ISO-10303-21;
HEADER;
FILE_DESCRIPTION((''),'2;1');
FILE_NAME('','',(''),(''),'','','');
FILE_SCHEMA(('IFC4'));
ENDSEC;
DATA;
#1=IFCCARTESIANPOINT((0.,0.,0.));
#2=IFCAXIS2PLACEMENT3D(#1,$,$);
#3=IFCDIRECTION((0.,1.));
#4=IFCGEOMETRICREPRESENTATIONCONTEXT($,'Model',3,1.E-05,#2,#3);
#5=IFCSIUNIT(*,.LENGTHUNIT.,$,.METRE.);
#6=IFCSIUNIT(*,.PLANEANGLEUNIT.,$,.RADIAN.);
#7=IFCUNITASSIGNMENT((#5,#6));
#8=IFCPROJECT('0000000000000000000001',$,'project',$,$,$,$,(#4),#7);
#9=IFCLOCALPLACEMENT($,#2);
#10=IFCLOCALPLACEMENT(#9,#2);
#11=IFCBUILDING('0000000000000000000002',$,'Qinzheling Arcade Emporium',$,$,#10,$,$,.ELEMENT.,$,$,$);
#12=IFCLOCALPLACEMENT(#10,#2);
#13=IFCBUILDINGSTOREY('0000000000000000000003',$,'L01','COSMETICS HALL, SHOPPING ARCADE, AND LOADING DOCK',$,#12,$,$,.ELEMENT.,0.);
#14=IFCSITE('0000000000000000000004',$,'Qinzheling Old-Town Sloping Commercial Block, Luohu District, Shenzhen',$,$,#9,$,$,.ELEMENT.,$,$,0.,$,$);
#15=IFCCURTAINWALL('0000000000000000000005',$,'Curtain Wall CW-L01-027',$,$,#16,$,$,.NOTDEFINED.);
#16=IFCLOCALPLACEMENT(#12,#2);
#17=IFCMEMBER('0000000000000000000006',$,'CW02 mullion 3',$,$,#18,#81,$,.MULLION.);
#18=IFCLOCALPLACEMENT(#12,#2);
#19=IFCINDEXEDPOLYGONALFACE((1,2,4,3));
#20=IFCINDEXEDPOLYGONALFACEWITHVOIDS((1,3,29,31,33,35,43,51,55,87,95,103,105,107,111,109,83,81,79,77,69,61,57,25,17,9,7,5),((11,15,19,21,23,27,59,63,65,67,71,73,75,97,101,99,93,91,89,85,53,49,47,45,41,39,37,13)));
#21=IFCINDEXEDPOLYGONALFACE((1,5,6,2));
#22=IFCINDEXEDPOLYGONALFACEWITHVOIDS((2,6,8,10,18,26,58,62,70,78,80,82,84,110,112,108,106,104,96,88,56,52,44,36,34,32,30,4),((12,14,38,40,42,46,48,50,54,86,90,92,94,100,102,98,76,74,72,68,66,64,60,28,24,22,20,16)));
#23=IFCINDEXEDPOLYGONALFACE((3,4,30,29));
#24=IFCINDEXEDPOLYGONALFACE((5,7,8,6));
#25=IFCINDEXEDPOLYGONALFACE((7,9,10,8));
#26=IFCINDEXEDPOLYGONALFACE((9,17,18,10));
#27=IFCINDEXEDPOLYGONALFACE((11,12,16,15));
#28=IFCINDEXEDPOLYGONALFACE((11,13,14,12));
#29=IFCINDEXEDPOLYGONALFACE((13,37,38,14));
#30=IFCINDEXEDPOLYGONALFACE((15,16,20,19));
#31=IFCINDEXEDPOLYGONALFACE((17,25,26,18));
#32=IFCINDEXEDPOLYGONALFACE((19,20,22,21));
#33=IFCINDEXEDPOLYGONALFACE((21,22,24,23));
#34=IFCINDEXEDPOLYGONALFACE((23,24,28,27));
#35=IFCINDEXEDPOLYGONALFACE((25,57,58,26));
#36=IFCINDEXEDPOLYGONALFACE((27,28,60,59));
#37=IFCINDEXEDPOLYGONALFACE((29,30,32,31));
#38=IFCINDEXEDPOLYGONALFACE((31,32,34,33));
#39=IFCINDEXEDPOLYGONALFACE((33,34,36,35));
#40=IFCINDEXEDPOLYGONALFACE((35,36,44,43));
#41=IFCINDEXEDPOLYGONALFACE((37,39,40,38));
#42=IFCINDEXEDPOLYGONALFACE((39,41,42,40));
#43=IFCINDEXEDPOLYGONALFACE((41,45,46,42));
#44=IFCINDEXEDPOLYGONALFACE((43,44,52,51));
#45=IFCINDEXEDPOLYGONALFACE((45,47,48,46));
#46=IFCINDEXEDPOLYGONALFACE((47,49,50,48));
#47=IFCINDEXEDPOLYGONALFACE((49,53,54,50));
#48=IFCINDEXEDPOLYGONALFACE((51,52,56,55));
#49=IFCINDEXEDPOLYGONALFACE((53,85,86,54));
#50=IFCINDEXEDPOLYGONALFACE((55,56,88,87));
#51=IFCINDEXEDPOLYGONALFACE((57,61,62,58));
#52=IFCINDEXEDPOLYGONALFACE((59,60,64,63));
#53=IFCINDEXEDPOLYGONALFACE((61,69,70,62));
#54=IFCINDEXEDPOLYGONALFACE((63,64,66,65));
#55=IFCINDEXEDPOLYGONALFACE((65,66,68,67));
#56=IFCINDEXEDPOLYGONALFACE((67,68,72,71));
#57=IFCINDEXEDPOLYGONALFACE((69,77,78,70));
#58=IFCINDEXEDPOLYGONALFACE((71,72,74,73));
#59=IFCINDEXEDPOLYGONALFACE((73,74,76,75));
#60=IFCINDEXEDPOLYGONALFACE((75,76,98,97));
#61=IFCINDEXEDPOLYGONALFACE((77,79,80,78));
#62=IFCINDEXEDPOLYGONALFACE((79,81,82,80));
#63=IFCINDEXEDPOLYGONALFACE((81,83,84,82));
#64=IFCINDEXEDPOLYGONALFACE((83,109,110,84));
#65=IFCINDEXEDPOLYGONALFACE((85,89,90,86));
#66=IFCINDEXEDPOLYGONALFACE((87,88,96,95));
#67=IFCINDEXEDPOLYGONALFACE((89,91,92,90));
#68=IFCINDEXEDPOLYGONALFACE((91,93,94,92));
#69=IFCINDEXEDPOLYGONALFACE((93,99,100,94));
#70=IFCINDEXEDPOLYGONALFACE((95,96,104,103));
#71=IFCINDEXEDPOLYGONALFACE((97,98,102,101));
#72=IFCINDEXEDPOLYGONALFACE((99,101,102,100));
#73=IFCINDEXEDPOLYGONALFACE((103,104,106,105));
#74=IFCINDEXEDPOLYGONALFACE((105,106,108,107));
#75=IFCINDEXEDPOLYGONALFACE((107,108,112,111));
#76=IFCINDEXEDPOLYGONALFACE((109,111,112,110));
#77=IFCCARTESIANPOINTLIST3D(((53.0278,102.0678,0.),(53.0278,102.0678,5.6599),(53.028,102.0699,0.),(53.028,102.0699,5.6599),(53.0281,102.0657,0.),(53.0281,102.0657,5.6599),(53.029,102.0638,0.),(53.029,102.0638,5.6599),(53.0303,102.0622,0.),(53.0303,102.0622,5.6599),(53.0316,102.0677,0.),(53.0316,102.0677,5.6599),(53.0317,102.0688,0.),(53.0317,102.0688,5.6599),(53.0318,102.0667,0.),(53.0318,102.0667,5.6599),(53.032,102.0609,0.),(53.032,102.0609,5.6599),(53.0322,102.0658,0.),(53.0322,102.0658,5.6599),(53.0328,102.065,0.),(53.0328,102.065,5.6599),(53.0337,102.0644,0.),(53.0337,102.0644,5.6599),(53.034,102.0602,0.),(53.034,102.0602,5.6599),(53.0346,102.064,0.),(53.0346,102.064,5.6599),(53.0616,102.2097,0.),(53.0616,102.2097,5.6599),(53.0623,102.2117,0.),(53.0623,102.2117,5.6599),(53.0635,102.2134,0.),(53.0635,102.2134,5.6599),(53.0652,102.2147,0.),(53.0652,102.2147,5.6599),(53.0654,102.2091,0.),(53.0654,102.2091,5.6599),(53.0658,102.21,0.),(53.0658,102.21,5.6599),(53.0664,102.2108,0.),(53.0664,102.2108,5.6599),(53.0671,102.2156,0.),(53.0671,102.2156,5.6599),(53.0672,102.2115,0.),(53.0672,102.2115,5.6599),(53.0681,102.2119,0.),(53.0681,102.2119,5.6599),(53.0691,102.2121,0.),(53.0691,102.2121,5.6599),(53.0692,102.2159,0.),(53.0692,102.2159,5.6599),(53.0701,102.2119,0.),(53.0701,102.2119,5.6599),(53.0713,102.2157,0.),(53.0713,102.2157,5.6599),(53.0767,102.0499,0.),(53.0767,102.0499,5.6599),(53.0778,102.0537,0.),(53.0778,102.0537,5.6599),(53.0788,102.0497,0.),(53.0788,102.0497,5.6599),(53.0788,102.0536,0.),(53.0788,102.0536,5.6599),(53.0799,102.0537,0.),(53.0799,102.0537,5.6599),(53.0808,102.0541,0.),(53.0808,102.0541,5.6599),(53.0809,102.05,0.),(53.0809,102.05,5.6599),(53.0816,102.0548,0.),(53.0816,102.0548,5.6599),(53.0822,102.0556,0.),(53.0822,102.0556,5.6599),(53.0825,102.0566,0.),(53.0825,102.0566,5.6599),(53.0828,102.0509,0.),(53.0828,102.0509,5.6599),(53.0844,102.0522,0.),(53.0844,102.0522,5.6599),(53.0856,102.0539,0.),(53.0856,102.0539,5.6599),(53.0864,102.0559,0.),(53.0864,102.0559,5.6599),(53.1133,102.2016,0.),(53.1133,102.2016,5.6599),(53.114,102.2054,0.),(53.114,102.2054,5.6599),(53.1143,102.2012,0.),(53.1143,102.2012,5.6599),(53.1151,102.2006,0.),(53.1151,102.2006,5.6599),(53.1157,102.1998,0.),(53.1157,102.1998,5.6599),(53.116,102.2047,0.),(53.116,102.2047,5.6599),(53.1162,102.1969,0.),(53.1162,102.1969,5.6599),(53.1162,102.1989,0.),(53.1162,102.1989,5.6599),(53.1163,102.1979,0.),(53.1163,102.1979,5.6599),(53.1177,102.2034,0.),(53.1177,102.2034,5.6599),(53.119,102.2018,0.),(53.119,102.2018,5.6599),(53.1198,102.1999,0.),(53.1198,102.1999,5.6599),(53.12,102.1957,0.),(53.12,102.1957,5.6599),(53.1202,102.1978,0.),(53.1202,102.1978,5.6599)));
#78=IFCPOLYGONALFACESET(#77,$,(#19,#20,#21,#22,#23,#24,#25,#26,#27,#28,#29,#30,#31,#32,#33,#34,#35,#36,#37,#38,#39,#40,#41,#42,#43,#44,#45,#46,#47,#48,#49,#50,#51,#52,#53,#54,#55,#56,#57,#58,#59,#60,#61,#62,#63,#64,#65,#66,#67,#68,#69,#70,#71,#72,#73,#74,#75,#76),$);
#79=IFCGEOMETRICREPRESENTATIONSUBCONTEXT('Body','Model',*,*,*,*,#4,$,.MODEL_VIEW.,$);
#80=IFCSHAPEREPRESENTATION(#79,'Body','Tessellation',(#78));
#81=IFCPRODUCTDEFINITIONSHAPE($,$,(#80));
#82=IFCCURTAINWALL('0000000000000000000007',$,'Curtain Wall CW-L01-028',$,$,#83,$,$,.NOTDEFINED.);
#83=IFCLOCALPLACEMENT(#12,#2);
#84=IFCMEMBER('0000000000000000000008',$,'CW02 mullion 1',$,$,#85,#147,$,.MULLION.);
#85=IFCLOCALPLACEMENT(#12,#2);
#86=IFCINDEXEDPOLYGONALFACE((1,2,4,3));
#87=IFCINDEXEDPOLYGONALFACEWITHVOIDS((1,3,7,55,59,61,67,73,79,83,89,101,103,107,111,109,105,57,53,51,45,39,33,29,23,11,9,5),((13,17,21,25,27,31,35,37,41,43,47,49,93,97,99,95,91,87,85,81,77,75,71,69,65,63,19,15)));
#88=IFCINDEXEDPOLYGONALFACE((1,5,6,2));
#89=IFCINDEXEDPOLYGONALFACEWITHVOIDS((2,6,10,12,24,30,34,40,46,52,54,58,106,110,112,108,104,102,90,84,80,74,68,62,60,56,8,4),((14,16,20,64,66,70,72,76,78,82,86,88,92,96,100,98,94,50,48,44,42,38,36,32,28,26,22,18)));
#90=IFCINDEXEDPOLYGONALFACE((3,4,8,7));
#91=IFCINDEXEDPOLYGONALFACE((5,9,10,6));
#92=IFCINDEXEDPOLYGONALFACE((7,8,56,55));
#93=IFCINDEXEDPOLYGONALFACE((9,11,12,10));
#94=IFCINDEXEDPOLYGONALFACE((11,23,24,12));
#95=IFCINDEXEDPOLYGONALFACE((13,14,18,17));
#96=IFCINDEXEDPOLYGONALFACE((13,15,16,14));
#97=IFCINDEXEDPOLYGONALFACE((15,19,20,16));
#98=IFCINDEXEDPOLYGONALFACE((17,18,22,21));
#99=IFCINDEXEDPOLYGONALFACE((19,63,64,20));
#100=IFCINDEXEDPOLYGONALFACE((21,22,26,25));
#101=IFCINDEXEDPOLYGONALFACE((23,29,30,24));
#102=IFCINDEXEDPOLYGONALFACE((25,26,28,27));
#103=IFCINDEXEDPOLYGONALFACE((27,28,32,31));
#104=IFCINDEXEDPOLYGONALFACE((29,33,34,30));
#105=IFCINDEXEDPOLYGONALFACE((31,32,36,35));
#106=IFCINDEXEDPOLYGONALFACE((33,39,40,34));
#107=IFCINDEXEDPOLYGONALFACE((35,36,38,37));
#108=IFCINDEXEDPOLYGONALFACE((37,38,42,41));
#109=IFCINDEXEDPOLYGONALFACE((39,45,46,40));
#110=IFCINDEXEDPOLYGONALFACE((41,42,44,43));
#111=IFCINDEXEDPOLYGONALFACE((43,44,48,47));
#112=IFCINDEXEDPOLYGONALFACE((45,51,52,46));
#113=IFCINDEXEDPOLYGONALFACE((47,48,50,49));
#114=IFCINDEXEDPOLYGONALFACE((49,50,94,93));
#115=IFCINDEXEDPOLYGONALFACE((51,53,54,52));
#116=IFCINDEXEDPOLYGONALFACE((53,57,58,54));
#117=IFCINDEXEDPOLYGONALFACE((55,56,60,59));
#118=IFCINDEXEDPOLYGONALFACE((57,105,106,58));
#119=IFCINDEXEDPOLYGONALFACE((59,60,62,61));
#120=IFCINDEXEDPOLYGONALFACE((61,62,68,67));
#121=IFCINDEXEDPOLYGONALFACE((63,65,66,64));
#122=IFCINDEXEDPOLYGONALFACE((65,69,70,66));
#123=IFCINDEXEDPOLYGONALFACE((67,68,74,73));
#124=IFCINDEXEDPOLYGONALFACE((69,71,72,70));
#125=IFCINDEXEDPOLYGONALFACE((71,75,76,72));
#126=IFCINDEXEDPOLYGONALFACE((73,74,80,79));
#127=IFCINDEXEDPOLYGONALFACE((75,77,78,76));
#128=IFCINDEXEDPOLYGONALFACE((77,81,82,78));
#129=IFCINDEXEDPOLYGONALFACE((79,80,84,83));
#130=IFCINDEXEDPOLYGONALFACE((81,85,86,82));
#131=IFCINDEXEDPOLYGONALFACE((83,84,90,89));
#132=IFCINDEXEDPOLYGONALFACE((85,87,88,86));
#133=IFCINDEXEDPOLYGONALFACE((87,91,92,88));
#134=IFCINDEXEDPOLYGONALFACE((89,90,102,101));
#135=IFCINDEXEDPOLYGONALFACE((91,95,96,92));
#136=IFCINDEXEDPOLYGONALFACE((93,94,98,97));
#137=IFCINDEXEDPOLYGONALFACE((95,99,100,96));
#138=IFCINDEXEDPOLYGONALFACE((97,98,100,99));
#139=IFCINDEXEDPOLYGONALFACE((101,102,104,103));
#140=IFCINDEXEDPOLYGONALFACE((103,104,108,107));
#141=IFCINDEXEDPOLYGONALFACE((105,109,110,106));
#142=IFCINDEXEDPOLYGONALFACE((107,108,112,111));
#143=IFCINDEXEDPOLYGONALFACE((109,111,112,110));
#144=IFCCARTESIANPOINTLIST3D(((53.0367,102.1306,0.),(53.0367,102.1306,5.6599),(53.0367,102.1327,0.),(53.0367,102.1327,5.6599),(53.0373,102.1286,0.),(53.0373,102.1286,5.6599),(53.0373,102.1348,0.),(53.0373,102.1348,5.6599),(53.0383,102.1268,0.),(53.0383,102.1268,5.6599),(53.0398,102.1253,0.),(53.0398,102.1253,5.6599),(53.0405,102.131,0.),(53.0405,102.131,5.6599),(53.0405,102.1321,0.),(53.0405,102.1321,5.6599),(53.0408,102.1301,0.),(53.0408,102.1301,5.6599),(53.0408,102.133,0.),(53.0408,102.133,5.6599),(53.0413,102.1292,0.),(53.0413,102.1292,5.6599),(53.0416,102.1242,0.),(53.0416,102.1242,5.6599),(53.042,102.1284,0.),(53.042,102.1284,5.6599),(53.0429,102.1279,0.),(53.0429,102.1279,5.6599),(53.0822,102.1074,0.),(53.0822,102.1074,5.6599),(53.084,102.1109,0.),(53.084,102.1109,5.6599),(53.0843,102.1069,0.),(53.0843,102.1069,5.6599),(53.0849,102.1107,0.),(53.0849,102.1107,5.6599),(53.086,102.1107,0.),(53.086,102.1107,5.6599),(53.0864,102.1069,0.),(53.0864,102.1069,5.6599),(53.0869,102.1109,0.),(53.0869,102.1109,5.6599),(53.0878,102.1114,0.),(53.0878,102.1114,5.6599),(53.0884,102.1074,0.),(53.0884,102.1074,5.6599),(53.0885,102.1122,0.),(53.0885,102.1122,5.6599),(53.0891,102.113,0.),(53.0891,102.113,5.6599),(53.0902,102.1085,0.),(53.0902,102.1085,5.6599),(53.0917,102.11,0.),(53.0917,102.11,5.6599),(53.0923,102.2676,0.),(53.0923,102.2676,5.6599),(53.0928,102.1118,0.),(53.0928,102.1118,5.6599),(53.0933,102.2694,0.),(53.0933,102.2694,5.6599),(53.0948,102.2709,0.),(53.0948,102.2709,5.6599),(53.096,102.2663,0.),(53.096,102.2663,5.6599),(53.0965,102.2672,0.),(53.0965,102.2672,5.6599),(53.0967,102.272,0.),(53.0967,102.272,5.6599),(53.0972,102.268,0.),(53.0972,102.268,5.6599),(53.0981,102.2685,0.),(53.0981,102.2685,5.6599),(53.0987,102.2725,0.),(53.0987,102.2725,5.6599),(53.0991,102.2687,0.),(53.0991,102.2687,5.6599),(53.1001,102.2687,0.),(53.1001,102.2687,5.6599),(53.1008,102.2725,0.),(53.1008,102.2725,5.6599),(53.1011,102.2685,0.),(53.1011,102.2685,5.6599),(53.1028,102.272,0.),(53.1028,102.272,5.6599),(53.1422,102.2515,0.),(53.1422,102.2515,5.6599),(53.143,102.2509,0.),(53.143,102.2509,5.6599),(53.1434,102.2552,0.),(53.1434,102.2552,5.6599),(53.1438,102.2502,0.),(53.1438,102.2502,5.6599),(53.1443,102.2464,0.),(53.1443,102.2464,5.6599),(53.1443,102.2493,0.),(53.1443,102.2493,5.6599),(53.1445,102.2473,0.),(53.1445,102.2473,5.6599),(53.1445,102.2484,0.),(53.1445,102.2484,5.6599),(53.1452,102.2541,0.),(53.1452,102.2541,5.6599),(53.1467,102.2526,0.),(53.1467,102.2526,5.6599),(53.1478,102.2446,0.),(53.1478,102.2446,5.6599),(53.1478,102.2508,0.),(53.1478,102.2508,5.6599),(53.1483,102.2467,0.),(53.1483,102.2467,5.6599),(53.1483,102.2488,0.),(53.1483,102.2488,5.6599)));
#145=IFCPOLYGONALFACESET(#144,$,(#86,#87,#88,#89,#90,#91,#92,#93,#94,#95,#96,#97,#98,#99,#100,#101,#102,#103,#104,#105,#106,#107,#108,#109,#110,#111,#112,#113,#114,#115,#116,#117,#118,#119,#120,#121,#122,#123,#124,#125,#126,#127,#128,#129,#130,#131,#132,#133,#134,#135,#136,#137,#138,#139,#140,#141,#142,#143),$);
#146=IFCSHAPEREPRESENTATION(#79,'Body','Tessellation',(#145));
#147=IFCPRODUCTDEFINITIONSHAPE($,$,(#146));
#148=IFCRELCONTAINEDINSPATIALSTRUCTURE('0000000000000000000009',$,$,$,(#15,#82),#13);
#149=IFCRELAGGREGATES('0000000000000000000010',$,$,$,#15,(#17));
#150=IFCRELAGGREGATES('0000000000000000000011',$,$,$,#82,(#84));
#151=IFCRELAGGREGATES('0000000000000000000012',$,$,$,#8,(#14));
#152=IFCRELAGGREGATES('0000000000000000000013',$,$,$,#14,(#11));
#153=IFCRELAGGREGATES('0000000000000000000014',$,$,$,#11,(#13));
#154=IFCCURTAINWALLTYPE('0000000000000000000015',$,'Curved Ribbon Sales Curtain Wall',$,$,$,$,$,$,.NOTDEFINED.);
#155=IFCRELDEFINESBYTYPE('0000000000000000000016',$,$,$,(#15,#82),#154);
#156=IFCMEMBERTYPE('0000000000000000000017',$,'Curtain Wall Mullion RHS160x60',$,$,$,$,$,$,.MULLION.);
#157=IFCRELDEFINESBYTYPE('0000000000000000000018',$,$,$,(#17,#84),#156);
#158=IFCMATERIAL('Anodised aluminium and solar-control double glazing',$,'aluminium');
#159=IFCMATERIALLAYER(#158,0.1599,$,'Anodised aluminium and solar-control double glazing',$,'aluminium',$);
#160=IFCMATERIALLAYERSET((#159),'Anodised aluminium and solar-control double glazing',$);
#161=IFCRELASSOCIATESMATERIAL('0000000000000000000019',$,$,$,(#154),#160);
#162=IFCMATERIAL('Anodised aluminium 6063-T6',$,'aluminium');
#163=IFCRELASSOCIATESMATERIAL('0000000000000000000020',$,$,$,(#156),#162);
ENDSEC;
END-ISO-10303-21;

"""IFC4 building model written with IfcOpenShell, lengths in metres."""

from ifc_helpers import new_model, si_unit, direction, frame, origin, origin_2d, place, context, subcontext, project, spatial, hollow_rectangle, extrude, material, layer, layer_set, material_profile, profile_set, type_object, element, aggregate, save


model = new_model("IFC4")

# Units and contexts
model_context = context("Model", 3, precision=1e-05, world=origin(), true_north=direction((0.0, 1.0)))
body_context = subcontext(model_context, "Body", "Model", "MODEL_VIEW")
ifc_project = project(units=[si_unit("LENGTHUNIT", "METRE"), si_unit("PLANEANGLEUNIT", "RADIAN")], contexts=[model_context])

# Site, building, storey
site_placement = place(None, origin())
site = spatial("IfcSite", under=ifc_project, at=site_placement, Name="Qinzheling Old-Town Sloping Commercial Block, Luohu District, Shenzhen", CompositionType="ELEMENT", RefElevation=0.0)
building_placement = place(site_placement, origin())
building = spatial("IfcBuilding", under=site, at=building_placement, Name="Qinzheling Arcade Emporium", CompositionType="ELEMENT")
storey_placement = place(building_placement, origin())
storey = spatial("IfcBuildingStorey", under=building, at=storey_placement, Name="L01", Description="COSMETICS HALL, SHOPPING ARCADE, AND LOADING DOCK", CompositionType="ELEMENT", Elevation=0.0)

# Curtain wall, member
ifc_material_1 = material(Name="Anodised aluminium and solar-control double glazing", Category="aluminium")
ifc_layer_1 = layer(ifc_material_1, 0.1599, Name="Anodised aluminium and solar-control double glazing", Category="aluminium")
ifc_layer_set_1 = layer_set([ifc_layer_1], Name="Anodised aluminium and solar-control double glazing")
curtain_wall_type = type_object("IfcCurtainWallType", Name="Curved Ribbon Sales Curtain Wall", PredefinedType="NOTDEFINED", material=ifc_layer_set_1)
curtain_wall_1_placement = place(storey_placement, origin())
curtain_wall_1 = element("IfcCurtainWall", 1, at=curtain_wall_1_placement, inside=storey, type_object=curtain_wall_type, Name="Curtain Wall CW-L01-027", PredefinedType="NOTDEFINED")
ifc_material_2 = material(Name="Anodised aluminium 6063-T6", Category="aluminium")
ifc_material_profile_1 = material_profile(ifc_material_2, hollow_rectangle(XDim=0.0601, YDim=0.1599, WallThickness=0.0039, InnerFilletRadius=0.0039, OuterFilletRadius=0.0081, at=origin_2d()), Name="RHS 160x60x4", Category="aluminium")
ifc_profile_set_1 = profile_set([ifc_material_profile_1], Name="Anodised aluminium 6063-T6")
member_type_1 = type_object("IfcMemberType", Name="Curtain Wall Mullion RHS160x60", PredefinedType="MULLION", material=ifc_profile_set_1)
member_1_placement = place(storey_placement, frame((53.074, 102.1328, 0.0), z_axis=(0.0, 0.0, 1.0), x_axis=(-0.972391, 0.23336, 0.0)))
member_1 = element("IfcMember", 2, at=member_1_placement, type_object=member_type_1, Name="CW02 mullion 3", PredefinedType="MULLION", context=body_context, shape_type="SweptSolid", body=[
    extrude(hollow_rectangle(XDim=0.0601, YDim=0.1599, WallThickness=0.0039, InnerFilletRadius=0.0039, OuterFilletRadius=0.0081, at=origin_2d()), origin(), (0.0, 0.0, 1.0), 5.6599),
])

# Curtain wall, member
curtain_wall_2_placement = place(storey_placement, origin())
curtain_wall_2 = element("IfcCurtainWall", 3, at=curtain_wall_2_placement, inside=storey, type_object=curtain_wall_type, Name="Curtain Wall CW-L01-028", PredefinedType="NOTDEFINED")
member_2_placement = place(storey_placement, frame((53.0925, 102.1897, 0.0), z_axis=(0.0, 0.0, 1.0), x_axis=(-0.923892, 0.382654, 0.0)))
member_2 = element("IfcMember", 4, at=member_2_placement, type_object=member_type_1, Name="CW02 mullion 1", PredefinedType="MULLION", context=body_context, shape_type="SweptSolid", body=[
    extrude(hollow_rectangle(XDim=0.0601, YDim=0.1599, WallThickness=0.0039, InnerFilletRadius=0.0039, OuterFilletRadius=0.0081, at=origin_2d()), origin(), (0.0, 0.0, 1.0), 5.6599),
])

aggregate(curtain_wall_1, [member_1])
aggregate(curtain_wall_2, [member_2])

save(model, "model.ifc")
